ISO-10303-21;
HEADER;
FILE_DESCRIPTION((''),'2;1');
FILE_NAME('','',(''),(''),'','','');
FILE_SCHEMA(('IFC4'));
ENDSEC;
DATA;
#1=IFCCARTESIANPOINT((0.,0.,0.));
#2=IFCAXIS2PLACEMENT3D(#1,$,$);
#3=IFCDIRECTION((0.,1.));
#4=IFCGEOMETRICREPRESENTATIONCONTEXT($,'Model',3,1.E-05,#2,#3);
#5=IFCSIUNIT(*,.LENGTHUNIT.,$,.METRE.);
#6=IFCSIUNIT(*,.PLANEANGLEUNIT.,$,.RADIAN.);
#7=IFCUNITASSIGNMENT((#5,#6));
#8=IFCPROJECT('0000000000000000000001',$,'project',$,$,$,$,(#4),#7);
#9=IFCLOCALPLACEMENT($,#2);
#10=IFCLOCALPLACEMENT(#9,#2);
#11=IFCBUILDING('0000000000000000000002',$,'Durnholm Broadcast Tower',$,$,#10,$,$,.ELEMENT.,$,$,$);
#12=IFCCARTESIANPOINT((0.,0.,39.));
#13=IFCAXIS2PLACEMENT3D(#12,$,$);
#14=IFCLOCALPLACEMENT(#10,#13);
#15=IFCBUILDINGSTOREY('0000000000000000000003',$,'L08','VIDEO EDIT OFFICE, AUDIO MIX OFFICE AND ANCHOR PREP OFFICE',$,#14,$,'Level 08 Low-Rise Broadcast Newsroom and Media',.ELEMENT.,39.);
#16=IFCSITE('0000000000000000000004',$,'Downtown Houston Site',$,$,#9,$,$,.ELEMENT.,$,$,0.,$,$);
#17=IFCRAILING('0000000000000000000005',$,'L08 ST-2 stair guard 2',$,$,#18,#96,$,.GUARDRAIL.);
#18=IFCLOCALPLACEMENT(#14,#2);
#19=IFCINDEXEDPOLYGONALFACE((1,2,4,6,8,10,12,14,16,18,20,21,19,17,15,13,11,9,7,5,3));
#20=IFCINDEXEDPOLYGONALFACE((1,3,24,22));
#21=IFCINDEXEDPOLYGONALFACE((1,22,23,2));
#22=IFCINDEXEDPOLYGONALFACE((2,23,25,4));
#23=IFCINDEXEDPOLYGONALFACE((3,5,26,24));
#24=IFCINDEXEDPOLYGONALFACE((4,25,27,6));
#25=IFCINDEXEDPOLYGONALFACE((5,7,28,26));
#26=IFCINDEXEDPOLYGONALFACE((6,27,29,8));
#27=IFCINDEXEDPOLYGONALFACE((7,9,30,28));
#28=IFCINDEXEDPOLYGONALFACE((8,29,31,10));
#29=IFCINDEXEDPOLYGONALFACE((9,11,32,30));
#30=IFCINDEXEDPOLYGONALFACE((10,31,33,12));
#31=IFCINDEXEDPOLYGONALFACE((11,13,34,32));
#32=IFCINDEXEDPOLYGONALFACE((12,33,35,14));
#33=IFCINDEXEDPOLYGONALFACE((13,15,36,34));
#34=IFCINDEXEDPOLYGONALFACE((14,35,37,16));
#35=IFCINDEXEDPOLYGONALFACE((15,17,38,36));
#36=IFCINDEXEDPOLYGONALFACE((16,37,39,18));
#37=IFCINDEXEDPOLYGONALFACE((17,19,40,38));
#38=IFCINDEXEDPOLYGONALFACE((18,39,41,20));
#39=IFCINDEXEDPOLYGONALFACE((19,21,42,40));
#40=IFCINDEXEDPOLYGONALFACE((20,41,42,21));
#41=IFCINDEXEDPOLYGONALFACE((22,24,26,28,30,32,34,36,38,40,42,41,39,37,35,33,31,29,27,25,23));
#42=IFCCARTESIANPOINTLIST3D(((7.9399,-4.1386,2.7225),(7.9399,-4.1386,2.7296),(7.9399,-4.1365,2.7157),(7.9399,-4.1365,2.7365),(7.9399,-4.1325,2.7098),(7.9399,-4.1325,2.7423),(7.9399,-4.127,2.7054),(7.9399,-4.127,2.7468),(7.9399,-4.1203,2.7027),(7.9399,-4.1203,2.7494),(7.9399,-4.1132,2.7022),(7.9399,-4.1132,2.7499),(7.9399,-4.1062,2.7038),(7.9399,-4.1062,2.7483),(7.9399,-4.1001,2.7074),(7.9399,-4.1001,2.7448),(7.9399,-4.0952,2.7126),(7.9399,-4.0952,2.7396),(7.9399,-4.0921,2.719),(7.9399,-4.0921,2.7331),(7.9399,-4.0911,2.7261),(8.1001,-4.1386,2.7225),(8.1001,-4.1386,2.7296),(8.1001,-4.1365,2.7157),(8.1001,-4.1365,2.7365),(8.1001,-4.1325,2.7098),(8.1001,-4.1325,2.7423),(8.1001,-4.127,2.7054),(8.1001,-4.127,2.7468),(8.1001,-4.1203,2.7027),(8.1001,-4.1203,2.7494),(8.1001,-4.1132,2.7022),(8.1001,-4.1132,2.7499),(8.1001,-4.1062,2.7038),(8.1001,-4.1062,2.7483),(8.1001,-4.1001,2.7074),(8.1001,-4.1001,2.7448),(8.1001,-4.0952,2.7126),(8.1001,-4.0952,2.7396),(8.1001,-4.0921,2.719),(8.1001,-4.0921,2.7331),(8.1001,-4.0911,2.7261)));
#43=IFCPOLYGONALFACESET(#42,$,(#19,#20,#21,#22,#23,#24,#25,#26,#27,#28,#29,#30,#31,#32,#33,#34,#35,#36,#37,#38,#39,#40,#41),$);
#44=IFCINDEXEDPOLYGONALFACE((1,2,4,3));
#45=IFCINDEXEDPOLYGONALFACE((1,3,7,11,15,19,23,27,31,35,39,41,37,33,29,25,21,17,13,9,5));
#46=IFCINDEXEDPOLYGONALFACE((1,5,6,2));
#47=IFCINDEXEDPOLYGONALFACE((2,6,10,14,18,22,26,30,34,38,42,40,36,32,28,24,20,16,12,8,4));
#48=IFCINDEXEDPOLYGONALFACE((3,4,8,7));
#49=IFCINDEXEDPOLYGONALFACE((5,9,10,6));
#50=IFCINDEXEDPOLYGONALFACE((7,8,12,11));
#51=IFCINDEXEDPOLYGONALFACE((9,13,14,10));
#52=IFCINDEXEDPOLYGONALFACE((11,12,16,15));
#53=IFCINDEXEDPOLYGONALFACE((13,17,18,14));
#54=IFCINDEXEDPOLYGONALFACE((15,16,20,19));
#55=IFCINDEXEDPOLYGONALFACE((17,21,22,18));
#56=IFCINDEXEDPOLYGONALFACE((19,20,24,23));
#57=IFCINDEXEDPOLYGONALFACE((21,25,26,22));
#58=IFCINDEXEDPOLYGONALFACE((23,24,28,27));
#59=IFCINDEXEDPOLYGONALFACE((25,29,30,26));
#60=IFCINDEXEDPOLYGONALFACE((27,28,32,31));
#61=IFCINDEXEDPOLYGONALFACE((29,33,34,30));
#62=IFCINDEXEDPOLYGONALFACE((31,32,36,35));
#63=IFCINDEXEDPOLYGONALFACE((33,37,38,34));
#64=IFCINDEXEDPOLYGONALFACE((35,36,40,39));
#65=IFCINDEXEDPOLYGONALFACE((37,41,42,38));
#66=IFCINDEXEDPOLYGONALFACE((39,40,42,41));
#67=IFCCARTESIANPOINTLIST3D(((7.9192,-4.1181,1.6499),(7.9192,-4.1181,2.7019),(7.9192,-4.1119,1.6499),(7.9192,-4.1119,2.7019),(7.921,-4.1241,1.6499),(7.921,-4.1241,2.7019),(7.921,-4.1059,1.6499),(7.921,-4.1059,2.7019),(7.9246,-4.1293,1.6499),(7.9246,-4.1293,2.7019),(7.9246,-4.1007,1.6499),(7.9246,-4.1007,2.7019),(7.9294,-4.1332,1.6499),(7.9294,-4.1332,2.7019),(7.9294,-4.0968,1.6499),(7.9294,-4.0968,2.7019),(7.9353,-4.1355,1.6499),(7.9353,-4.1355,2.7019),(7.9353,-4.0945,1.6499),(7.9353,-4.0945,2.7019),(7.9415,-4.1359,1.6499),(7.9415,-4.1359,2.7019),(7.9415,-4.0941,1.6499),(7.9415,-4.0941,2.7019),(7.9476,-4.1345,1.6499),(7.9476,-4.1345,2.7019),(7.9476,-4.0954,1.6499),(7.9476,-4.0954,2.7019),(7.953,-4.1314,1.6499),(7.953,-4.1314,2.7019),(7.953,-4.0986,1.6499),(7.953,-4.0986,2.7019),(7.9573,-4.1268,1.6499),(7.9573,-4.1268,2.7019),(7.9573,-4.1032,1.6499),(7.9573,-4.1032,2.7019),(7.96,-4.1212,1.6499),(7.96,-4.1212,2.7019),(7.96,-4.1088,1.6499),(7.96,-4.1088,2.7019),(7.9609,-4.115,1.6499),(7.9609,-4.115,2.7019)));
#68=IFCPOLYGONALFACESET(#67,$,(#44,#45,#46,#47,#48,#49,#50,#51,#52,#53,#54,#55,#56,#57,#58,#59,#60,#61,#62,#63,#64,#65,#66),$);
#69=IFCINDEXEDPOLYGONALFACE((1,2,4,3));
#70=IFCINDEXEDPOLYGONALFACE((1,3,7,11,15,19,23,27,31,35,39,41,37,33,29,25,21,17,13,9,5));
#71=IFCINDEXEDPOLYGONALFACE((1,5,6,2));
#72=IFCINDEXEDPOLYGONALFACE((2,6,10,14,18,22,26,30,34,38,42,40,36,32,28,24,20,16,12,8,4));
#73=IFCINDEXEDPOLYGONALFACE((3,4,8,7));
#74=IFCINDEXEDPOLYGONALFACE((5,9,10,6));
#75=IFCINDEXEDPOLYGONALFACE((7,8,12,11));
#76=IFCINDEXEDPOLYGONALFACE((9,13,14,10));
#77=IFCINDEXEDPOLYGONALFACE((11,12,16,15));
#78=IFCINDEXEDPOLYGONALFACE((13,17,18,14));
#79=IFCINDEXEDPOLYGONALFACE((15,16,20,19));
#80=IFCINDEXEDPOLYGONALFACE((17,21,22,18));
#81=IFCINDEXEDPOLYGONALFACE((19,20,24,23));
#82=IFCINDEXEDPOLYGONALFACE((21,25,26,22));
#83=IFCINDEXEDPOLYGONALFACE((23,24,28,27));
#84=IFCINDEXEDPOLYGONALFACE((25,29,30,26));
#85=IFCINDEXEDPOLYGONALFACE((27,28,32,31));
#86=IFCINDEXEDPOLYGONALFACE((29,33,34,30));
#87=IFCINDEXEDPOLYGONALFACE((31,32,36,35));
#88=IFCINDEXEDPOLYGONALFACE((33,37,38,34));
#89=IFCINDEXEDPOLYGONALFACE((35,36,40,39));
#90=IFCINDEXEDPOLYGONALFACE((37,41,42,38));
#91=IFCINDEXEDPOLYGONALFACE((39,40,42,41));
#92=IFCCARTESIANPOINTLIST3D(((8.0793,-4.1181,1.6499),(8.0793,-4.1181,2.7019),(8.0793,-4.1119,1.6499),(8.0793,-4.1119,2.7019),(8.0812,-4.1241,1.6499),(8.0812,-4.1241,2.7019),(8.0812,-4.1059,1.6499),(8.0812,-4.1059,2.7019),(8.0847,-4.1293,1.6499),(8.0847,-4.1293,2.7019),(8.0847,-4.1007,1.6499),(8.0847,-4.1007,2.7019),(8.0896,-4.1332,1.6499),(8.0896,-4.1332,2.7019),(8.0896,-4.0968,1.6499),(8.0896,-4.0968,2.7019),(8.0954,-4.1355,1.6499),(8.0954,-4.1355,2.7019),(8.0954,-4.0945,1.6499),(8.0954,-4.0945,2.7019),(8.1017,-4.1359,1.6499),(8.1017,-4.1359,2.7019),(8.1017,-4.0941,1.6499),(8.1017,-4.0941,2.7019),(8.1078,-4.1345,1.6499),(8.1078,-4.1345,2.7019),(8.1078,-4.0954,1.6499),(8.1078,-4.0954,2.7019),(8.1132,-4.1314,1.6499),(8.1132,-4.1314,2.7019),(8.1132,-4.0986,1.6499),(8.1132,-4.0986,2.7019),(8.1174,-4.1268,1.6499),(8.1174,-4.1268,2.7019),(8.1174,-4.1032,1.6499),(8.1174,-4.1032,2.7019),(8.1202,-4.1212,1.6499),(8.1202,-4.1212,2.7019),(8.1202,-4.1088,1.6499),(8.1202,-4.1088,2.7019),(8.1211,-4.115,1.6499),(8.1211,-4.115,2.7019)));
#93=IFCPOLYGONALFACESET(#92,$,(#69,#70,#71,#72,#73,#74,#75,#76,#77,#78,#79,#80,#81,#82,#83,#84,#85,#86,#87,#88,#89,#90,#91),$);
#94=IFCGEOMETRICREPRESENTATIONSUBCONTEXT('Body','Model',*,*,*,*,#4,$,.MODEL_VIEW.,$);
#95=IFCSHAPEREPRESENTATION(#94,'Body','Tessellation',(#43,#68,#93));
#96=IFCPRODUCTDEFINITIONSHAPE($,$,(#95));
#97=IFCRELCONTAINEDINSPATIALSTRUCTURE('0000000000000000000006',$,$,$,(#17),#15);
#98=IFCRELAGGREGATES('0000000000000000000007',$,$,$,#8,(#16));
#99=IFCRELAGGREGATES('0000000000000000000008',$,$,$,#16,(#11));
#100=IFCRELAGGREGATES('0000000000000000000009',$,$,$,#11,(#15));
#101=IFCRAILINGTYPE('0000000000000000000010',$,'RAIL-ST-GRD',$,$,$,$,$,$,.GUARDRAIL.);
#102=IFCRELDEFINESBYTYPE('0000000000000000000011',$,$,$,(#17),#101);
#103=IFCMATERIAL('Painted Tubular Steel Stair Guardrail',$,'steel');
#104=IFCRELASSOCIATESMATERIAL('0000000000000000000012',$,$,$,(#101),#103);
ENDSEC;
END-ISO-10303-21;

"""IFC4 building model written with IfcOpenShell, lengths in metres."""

from ifc_helpers import new_model, si_unit, direction, frame, origin, origin_2d, place, context, subcontext, project, spatial, circle, extrude, material, type_object, element, save


model = new_model("IFC4")

# Units and contexts
model_context = context("Model", 3, precision=1e-05, world=origin(), true_north=direction((0.0, 1.0)))
body_context = subcontext(model_context, "Body", "Model", "MODEL_VIEW")
ifc_project = project(units=[si_unit("LENGTHUNIT", "METRE"), si_unit("PLANEANGLEUNIT", "RADIAN")], contexts=[model_context])

# Site, building, storey
site_placement = place(None, origin())
site = spatial("IfcSite", under=ifc_project, at=site_placement, Name="Downtown Houston Site", CompositionType="ELEMENT", RefElevation=0.0)
building_placement = place(site_placement, origin())
building = spatial("IfcBuilding", under=site, at=building_placement, Name="Durnholm Broadcast Tower", CompositionType="ELEMENT")
storey_placement = place(building_placement, frame((0.0, 0.0, 39.0)))
storey = spatial("IfcBuildingStorey", under=building, at=storey_placement, Name="L08", Description="VIDEO EDIT OFFICE, AUDIO MIX OFFICE AND ANCHOR PREP OFFICE", LongName="Level 08 Low-Rise Broadcast Newsroom and Media", CompositionType="ELEMENT", Elevation=39.0)

# Railing
ifc_material_1 = material(Name="Painted Tubular Steel Stair Guardrail", Category="steel")
railing_type_1 = type_object("IfcRailingType", Name="RAIL-ST-GRD", PredefinedType="GUARDRAIL", material=ifc_material_1)
railing_1_placement = place(storey_placement, frame((7.9399, -4.115, 1.6499)))
element("IfcRailing", 1, at=railing_1_placement, inside=storey, type_object=railing_type_1, Name="L08 ST-2 stair guard 2", PredefinedType="GUARDRAIL", context=body_context, shape_type="SweptSolid", body=[
    extrude(circle(Radius=0.0239, at=origin_2d()), frame((0.0, 0.0, 1.0762), z_axis=(1.0, 0.0, 0.0), x_axis=(0.0, 1.0, 0.0)), (0.0, 0.0, 1.0), 0.1602),
    extrude(circle(Radius=0.021, at=origin_2d()), origin(), (0.0, 0.0, 1.0), 1.052),
    extrude(circle(Radius=0.021, at=origin_2d()), frame((0.1602, 0.0, 0.0)), (0.0, 0.0, 1.0), 1.052),
])

save(model, "model.ifc")
